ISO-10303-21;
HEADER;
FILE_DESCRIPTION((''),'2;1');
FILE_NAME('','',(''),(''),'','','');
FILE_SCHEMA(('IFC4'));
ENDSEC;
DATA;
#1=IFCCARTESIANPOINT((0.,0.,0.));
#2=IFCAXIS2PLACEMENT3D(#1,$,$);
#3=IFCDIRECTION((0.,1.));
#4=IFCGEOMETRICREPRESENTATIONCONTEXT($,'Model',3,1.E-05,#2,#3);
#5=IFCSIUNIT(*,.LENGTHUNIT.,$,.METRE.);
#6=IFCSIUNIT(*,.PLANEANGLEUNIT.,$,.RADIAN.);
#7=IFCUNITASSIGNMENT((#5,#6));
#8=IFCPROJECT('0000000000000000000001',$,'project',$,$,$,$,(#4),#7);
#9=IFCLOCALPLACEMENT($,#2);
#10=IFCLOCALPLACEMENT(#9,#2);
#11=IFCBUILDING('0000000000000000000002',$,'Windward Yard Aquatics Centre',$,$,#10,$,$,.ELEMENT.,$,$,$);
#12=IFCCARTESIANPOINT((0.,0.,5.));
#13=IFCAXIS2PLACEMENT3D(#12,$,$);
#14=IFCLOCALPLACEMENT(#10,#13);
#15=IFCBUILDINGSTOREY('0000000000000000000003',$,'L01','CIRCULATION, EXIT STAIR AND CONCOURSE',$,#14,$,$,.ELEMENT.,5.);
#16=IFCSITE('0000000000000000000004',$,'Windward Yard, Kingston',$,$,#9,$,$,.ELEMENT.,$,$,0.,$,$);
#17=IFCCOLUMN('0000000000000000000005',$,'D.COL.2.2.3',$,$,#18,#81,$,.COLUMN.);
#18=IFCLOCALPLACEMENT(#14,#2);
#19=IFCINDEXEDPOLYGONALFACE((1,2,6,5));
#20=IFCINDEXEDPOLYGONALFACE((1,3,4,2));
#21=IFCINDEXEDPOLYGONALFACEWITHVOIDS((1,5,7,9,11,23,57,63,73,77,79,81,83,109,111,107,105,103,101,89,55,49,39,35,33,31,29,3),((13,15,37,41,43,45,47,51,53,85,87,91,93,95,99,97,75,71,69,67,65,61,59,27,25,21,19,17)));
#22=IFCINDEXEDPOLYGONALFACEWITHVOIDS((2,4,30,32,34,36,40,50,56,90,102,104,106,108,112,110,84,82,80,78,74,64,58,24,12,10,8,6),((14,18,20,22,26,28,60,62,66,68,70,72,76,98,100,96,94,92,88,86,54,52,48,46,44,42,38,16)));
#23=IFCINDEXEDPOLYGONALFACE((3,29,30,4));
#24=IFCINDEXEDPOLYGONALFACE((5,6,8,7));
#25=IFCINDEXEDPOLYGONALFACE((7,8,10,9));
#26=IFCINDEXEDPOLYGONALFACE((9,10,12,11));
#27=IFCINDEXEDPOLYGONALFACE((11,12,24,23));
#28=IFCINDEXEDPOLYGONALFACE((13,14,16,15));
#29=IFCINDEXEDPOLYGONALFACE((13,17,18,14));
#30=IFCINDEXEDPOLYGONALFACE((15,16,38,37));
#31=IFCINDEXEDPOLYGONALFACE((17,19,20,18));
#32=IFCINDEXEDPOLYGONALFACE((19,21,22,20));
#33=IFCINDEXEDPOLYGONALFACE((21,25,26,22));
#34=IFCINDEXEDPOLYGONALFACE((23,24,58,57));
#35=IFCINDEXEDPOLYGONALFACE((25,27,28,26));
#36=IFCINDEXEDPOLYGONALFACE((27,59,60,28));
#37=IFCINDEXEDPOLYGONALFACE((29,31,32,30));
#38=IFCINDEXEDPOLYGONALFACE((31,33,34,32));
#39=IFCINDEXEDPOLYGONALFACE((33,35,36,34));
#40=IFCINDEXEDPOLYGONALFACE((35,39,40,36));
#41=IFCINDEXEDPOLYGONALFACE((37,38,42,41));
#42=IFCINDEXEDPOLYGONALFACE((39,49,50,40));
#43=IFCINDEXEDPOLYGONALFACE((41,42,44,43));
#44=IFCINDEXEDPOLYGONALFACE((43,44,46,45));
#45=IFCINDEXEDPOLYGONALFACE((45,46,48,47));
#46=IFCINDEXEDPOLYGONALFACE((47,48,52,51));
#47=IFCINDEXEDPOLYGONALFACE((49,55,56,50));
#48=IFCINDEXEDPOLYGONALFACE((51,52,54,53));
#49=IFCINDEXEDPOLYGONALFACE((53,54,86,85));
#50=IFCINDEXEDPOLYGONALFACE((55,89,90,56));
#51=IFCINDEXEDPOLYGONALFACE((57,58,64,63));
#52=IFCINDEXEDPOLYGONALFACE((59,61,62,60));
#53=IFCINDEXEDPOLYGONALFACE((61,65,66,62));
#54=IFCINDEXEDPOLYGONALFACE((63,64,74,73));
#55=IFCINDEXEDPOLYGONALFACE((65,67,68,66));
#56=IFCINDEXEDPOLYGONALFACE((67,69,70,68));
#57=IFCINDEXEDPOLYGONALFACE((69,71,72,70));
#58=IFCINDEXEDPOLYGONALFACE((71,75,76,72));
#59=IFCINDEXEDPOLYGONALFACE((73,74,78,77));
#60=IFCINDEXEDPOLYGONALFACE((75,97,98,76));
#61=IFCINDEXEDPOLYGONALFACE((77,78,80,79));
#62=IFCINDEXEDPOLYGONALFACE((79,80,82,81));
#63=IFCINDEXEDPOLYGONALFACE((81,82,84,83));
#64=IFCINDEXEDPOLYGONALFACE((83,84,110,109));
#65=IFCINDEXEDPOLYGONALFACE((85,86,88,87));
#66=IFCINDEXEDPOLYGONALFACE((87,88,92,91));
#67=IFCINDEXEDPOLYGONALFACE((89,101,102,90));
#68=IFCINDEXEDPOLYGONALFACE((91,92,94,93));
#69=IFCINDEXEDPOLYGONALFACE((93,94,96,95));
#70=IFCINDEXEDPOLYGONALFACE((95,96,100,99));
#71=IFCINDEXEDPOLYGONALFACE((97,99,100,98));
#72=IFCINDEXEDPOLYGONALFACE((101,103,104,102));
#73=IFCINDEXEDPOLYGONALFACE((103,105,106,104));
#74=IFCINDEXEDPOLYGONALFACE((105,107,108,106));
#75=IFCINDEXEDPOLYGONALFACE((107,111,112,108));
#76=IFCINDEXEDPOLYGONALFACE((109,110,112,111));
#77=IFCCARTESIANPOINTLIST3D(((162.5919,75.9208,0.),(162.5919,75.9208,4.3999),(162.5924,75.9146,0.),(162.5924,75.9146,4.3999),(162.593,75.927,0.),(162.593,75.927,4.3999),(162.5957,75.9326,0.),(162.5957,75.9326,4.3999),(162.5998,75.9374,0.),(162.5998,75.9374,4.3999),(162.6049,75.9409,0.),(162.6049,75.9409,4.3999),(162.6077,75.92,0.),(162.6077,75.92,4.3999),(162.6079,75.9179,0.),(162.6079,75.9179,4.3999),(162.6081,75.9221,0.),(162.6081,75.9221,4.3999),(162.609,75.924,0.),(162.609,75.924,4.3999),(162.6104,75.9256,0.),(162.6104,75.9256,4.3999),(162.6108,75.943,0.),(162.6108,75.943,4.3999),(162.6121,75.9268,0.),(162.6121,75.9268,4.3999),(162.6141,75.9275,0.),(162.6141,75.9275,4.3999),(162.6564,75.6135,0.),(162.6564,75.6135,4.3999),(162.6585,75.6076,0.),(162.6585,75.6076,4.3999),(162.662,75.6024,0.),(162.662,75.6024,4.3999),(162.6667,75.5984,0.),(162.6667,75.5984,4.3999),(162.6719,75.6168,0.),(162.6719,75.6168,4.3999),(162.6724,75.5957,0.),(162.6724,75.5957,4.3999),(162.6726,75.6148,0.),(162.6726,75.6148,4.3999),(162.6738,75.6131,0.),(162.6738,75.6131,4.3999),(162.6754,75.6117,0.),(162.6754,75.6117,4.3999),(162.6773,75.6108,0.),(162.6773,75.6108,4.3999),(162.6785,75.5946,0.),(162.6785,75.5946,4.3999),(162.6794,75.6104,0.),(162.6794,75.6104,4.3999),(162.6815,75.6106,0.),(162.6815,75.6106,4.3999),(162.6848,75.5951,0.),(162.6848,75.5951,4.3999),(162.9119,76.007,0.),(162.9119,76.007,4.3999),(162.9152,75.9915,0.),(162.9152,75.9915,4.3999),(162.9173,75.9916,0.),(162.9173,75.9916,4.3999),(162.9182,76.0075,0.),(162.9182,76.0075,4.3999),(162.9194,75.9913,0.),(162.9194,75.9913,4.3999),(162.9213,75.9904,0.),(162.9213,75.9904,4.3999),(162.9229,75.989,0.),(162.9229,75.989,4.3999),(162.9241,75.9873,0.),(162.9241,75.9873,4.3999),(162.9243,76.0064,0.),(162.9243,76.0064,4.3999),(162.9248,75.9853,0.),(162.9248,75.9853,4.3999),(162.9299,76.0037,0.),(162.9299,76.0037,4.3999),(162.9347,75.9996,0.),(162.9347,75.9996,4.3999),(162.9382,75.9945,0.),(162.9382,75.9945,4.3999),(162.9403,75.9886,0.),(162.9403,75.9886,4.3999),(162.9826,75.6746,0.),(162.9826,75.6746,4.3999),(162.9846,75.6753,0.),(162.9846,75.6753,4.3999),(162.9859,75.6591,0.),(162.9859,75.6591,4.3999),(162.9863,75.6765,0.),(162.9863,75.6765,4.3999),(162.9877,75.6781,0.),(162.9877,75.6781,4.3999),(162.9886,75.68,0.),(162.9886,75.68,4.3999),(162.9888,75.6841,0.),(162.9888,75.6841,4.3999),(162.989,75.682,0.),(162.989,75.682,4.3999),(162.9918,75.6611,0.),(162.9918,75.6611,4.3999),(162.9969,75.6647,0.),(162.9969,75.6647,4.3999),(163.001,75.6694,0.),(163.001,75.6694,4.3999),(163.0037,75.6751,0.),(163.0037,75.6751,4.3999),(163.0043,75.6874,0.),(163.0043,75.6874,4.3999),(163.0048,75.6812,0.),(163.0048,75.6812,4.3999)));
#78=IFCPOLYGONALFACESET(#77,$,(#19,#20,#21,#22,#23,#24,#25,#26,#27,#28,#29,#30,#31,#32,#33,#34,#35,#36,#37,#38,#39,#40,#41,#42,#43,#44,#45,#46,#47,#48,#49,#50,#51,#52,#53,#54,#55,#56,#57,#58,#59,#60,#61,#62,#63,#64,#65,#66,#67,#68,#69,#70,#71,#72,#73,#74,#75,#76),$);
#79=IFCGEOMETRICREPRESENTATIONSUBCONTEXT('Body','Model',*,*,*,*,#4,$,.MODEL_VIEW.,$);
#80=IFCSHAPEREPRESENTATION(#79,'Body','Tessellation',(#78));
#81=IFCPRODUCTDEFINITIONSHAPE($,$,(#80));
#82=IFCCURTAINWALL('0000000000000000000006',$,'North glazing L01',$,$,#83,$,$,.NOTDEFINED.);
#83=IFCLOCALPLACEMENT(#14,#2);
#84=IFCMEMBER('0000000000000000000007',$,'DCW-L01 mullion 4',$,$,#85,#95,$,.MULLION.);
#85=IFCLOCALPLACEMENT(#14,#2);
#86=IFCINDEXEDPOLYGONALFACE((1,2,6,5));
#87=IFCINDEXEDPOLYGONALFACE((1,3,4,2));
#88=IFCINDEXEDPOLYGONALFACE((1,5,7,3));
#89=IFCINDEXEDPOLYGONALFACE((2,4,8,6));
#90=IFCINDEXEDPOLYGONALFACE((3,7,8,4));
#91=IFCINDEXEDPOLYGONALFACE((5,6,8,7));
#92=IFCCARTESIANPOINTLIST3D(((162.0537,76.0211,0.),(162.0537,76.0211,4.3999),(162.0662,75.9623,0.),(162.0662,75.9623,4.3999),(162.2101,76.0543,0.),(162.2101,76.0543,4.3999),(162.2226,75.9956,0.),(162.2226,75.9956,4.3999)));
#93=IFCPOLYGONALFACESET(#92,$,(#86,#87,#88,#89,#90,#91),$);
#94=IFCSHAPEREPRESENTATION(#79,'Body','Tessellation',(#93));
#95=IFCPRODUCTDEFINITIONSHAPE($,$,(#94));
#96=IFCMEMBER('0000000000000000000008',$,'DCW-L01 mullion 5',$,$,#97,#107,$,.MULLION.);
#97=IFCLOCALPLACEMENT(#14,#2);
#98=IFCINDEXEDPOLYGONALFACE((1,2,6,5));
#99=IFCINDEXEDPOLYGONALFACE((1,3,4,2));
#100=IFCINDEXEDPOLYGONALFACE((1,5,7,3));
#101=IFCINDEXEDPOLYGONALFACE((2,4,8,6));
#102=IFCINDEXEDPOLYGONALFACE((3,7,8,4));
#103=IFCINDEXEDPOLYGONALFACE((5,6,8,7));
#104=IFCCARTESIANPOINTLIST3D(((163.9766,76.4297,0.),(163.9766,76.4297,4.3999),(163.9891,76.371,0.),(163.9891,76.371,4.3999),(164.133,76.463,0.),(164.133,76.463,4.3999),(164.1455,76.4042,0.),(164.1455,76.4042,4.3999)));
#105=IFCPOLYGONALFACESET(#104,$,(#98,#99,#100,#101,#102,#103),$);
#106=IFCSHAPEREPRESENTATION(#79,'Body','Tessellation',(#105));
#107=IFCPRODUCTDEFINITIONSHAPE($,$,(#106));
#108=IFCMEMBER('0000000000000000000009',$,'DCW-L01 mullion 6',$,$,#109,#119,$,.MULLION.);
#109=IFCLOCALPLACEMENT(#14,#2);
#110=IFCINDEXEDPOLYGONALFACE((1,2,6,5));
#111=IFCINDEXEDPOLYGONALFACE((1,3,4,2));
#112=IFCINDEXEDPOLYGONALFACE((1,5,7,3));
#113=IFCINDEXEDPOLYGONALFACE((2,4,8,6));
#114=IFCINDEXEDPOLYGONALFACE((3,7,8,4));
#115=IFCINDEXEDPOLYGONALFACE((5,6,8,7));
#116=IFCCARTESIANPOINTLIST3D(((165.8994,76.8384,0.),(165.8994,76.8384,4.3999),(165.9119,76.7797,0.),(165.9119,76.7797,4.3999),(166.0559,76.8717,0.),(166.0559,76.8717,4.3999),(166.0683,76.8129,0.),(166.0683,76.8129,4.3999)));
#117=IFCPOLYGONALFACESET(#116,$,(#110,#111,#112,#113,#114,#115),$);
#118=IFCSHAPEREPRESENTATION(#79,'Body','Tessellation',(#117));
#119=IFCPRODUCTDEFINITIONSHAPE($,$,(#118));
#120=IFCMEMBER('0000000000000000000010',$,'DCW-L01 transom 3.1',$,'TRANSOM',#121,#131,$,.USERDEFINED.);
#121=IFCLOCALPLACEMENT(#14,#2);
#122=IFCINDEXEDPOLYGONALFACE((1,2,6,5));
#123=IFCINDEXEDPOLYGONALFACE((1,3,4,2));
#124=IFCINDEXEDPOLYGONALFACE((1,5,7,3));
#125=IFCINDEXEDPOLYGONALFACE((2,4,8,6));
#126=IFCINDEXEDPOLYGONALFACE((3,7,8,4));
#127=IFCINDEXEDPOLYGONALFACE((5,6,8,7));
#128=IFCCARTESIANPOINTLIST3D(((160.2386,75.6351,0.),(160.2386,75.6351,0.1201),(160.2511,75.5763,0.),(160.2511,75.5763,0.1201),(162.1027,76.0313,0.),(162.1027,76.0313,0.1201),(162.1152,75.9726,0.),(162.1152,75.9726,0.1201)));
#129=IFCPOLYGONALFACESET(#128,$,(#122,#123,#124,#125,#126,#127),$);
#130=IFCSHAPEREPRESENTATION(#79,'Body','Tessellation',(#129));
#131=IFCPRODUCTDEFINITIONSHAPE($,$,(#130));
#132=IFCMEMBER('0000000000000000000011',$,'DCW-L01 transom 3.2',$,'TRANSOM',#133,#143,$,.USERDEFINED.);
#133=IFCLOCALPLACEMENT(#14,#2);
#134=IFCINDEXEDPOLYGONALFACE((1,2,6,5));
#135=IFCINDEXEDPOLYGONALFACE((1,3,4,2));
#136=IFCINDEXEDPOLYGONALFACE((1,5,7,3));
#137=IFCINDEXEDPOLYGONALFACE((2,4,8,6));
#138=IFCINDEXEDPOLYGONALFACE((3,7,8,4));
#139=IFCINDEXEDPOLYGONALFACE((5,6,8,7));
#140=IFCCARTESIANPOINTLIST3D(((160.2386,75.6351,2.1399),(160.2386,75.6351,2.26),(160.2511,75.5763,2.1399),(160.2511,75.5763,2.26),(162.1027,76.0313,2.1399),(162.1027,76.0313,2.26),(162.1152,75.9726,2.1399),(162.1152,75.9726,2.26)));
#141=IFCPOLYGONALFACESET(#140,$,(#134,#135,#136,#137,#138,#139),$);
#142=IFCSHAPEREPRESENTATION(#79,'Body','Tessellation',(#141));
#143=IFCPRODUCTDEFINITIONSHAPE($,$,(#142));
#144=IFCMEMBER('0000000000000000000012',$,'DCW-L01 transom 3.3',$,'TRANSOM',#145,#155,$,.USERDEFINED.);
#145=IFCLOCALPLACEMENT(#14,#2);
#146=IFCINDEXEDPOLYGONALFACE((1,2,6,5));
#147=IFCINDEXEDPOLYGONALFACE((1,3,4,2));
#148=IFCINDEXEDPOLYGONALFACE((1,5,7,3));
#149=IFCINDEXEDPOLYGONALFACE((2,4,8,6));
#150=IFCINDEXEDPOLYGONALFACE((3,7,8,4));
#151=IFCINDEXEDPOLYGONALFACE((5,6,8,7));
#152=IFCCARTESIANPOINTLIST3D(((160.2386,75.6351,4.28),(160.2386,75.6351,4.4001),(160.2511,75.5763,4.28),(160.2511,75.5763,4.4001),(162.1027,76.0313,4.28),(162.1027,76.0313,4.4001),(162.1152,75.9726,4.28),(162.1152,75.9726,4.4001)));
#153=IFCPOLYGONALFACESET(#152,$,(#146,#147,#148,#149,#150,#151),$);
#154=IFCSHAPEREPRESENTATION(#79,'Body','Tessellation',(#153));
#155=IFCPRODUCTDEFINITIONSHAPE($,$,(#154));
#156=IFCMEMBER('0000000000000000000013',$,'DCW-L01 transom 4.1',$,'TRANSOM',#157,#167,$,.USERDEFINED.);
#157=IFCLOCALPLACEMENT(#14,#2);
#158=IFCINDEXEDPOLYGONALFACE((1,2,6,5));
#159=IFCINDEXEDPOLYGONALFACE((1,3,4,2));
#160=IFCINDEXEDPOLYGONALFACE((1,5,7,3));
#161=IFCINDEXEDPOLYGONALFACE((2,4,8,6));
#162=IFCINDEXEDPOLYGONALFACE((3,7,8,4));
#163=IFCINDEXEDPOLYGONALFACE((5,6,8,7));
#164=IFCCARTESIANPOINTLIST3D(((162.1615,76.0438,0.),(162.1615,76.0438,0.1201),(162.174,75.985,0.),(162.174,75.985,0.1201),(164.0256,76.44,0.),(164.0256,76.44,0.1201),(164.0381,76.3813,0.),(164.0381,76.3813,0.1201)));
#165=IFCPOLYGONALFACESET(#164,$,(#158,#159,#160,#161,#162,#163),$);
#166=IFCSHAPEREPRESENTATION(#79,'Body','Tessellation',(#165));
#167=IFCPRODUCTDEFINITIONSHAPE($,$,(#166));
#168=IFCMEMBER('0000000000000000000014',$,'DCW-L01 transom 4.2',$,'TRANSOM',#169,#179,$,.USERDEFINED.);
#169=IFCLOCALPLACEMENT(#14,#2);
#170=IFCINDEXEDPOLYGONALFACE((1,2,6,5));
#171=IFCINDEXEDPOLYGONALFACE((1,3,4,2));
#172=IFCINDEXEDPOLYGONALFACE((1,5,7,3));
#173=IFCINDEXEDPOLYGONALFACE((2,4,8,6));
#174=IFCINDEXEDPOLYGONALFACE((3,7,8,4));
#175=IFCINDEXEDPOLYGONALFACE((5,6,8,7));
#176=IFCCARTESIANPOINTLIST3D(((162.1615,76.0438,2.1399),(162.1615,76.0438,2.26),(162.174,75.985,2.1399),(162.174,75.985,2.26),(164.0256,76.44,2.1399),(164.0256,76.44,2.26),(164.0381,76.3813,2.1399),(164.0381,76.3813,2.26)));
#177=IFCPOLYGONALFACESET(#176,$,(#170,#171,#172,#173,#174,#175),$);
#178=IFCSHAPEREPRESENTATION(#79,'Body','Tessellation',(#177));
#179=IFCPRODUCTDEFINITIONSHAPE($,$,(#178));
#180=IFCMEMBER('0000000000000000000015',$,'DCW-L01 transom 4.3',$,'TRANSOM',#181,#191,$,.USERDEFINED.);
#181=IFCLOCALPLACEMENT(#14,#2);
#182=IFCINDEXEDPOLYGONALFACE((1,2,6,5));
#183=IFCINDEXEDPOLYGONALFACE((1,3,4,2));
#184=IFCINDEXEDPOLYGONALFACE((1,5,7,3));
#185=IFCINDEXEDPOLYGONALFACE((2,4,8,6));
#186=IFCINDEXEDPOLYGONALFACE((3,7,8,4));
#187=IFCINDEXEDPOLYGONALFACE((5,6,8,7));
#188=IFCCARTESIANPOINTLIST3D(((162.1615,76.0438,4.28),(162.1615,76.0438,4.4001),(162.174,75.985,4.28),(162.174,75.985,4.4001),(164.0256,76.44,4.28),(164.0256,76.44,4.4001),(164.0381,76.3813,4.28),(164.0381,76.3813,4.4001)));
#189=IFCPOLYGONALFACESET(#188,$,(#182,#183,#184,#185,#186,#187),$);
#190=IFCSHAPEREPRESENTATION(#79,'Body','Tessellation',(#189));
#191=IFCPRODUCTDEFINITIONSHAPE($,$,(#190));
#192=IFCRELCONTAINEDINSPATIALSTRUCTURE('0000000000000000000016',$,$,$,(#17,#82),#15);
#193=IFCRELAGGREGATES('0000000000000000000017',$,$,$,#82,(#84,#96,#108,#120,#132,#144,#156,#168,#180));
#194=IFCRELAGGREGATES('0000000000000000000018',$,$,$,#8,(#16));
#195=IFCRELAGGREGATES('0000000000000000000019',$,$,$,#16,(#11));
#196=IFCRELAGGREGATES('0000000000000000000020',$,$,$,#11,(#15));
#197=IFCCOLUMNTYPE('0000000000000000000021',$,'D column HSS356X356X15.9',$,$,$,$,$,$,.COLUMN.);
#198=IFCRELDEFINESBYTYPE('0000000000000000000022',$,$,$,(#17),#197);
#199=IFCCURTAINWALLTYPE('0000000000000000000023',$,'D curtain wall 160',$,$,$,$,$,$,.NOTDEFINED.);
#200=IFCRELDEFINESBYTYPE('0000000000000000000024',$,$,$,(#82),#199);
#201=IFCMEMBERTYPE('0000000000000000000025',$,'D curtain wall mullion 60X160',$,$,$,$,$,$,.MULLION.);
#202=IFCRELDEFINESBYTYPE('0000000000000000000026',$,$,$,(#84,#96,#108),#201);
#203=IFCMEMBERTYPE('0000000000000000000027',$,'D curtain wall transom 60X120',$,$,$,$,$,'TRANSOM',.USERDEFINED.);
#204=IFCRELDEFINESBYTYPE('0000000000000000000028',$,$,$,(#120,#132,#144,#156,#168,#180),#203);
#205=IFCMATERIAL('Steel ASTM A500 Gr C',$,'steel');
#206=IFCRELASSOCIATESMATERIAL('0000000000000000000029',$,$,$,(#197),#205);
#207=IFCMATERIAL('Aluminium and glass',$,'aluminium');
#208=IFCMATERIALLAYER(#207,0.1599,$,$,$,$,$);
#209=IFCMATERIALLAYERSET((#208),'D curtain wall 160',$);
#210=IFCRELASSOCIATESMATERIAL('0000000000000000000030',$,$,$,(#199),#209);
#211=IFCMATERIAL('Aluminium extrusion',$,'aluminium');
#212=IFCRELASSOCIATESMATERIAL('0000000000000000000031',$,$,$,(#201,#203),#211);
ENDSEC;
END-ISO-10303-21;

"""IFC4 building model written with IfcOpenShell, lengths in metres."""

from ifc_helpers import new_model, si_unit, direction, frame, origin, origin_2d, place, context, subcontext, project, spatial, rectangle, hollow_rectangle, extrude, material, layer, layer_set, material_profile, profile_set, type_object, element, aggregate, save


model = new_model("IFC4")

# Units and contexts
model_context = context("Model", 3, precision=1e-05, world=origin(), true_north=direction((0.0, 1.0)))
body_context = subcontext(model_context, "Body", "Model", "MODEL_VIEW")
ifc_project = project(units=[si_unit("LENGTHUNIT", "METRE"), si_unit("PLANEANGLEUNIT", "RADIAN")], contexts=[model_context])

# Site, building, storey
site_placement = place(None, origin())
site = spatial("IfcSite", under=ifc_project, at=site_placement, Name="Windward Yard, Kingston", CompositionType="ELEMENT", RefElevation=0.0)
building_placement = place(site_placement, origin())
building = spatial("IfcBuilding", under=site, at=building_placement, Name="Windward Yard Aquatics Centre", CompositionType="ELEMENT")
storey_placement = place(building_placement, frame((0.0, 0.0, 5.0)))
storey = spatial("IfcBuildingStorey", under=building, at=storey_placement, Name="L01", Description="CIRCULATION, EXIT STAIR AND CONCOURSE", CompositionType="ELEMENT", Elevation=5.0)

# Column
ifc_material_1 = material(Name="Steel ASTM A500 Gr C", Category="steel")
ifc_material_profile_1 = material_profile(ifc_material_1, hollow_rectangle(XDim=0.3557, YDim=0.3557, WallThickness=0.0159, InnerFilletRadius=0.0081, OuterFilletRadius=0.0239, at=origin_2d()), Name="HSS356X356X15.9")
ifc_profile_set_1 = profile_set([ifc_material_profile_1], Name="Steel ASTM A500 Gr C")
column_type = type_object("IfcColumnType", Name="D column HSS356X356X15.9", PredefinedType="COLUMN", material=ifc_profile_set_1)
column_placement = place(storey_placement, frame((162.7983, 75.801, 0.0), z_axis=(0.0, 0.0, 1.0), x_axis=(0.978148, 0.207912, 0.0)))
element("IfcColumn", 1, at=column_placement, inside=storey, type_object=column_type, Name="D.COL.2.2.3", PredefinedType="COLUMN", context=body_context, shape_type="SweptSolid", body=[
    extrude(hollow_rectangle(XDim=0.3557, YDim=0.3557, WallThickness=0.0159, InnerFilletRadius=0.0081, OuterFilletRadius=0.0239, at=origin_2d()), origin(), (0.0, 0.0, 1.0), 4.3999),
])

# Curtain wall, members
ifc_material_2 = material(Name="Aluminium and glass", Category="aluminium")
ifc_layer_1 = layer(ifc_material_2, 0.1599)
ifc_layer_set_1 = layer_set([ifc_layer_1], Name="D curtain wall 160")
curtain_wall_type = type_object("IfcCurtainWallType", Name="D curtain wall 160", PredefinedType="NOTDEFINED", material=ifc_layer_set_1)
curtain_wall_placement = place(storey_placement, origin())
curtain_wall = element("IfcCurtainWall", 2, at=curtain_wall_placement, inside=storey, type_object=curtain_wall_type, Name="North glazing L01", PredefinedType="NOTDEFINED")
ifc_material_3 = material(Name="Aluminium extrusion", Category="aluminium")
ifc_material_profile_2 = material_profile(ifc_material_3, rectangle(XDim=0.0601, YDim=0.1599, at=origin_2d()), Name="MULLION 60X160")
ifc_profile_set_2 = profile_set([ifc_material_profile_2], Name="Aluminium extrusion")
member_type_1 = type_object("IfcMemberType", Name="D curtain wall mullion 60X160", PredefinedType="MULLION", material=ifc_profile_set_2)
member_1_placement = place(storey_placement, frame((162.1382, 76.0083, 0.0), z_axis=(0.0, 0.0, 1.0), x_axis=(-0.207912, 0.978148, 0.0)))
member_1 = element("IfcMember", 3, at=member_1_placement, type_object=member_type_1, Name="DCW-L01 mullion 4", PredefinedType="MULLION", context=body_context, shape_type="SweptSolid", body=[
    extrude(rectangle(XDim=0.0601, YDim=0.1599, at=origin_2d()), origin(), (0.0, 0.0, 1.0), 4.3999),
])
member_2_placement = place(storey_placement, frame((164.061, 76.417, 0.0), z_axis=(0.0, 0.0, 1.0), x_axis=(-0.207912, 0.978148, 0.0)))
member_2 = element("IfcMember", 4, at=member_2_placement, type_object=member_type_1, Name="DCW-L01 mullion 5", PredefinedType="MULLION", context=body_context, shape_type="SweptSolid", body=[
    extrude(rectangle(XDim=0.0601, YDim=0.1599, at=origin_2d()), origin(), (0.0, 0.0, 1.0), 4.3999),
])
member_3_placement = place(storey_placement, frame((165.9839, 76.8257, 0.0), z_axis=(0.0, 0.0, 1.0), x_axis=(-0.207912, 0.978148, 0.0)))
member_3 = element("IfcMember", 5, at=member_3_placement, type_object=member_type_1, Name="DCW-L01 mullion 6", PredefinedType="MULLION", context=body_context, shape_type="SweptSolid", body=[
    extrude(rectangle(XDim=0.0601, YDim=0.1599, at=origin_2d()), origin(), (0.0, 0.0, 1.0), 4.3999),
])
ifc_material_profile_3 = material_profile(ifc_material_3, rectangle(XDim=0.0601, YDim=0.1201, at=origin_2d()), Name="TRANSOM 60X120")
ifc_profile_set_3 = profile_set([ifc_material_profile_3], Name="Aluminium extrusion")
member_type_2 = type_object("IfcMemberType", Name="D curtain wall transom 60X120", ElementType="TRANSOM", PredefinedType="USERDEFINED", material=ifc_profile_set_3)
member_4_placement = place(storey_placement, frame((160.2449, 75.6057, 0.0601), z_axis=(0.978144, 0.207928, 0.0), x_axis=(-0.207928, 0.978144, 0.0)))
member_4 = element("IfcMember", 6, at=member_4_placement, type_object=member_type_2, Name="DCW-L01 transom 3.1", ObjectType="TRANSOM", PredefinedType="USERDEFINED", context=body_context, shape_type="SweptSolid", body=[
    extrude(rectangle(XDim=0.0601, YDim=0.1201, at=origin_2d()), origin(), (0.0, 0.0, 1.0), 1.9058),
])
member_5_placement = place(storey_placement, frame((160.2449, 75.6057, 2.2), z_axis=(0.978144, 0.207928, 0.0), x_axis=(-0.207928, 0.978144, 0.0)))
member_5 = element("IfcMember", 7, at=member_5_placement, type_object=member_type_2, Name="DCW-L01 transom 3.2", ObjectType="TRANSOM", PredefinedType="USERDEFINED", context=body_context, shape_type="SweptSolid", body=[
    extrude(rectangle(XDim=0.0601, YDim=0.1201, at=origin_2d()), origin(), (0.0, 0.0, 1.0), 1.9058),
])
member_6_placement = place(storey_placement, frame((160.2449, 75.6057, 4.3401), z_axis=(0.978144, 0.207928, 0.0), x_axis=(-0.207928, 0.978144, 0.0)))
member_6 = element("IfcMember", 8, at=member_6_placement, type_object=member_type_2, Name="DCW-L01 transom 3.3", ObjectType="TRANSOM", PredefinedType="USERDEFINED", context=body_context, shape_type="SweptSolid", body=[
    extrude(rectangle(XDim=0.0601, YDim=0.1201, at=origin_2d()), origin(), (0.0, 0.0, 1.0), 1.9058),
])
member_7_placement = place(storey_placement, frame((162.1677, 76.0144, 0.0601), z_axis=(0.978144, 0.207928, 0.0), x_axis=(-0.207928, 0.978144, 0.0)))
member_7 = element("IfcMember", 9, at=member_7_placement, type_object=member_type_2, Name="DCW-L01 transom 4.1", ObjectType="TRANSOM", PredefinedType="USERDEFINED", context=body_context, shape_type="SweptSolid", body=[
    extrude(rectangle(XDim=0.0601, YDim=0.1201, at=origin_2d()), origin(), (0.0, 0.0, 1.0), 1.9058),
])
member_8_placement = place(storey_placement, frame((162.1677, 76.0144, 2.2), z_axis=(0.978144, 0.207928, 0.0), x_axis=(-0.207928, 0.978144, 0.0)))
member_8 = element("IfcMember", 10, at=member_8_placement, type_object=member_type_2, Name="DCW-L01 transom 4.2", ObjectType="TRANSOM", PredefinedType="USERDEFINED", context=body_context, shape_type="SweptSolid", body=[
    extrude(rectangle(XDim=0.0601, YDim=0.1201, at=origin_2d()), origin(), (0.0, 0.0, 1.0), 1.9058),
])
member_9_placement = place(storey_placement, frame((162.1677, 76.0144, 4.3401), z_axis=(0.978144, 0.207928, 0.0), x_axis=(-0.207928, 0.978144, 0.0)))
member_9 = element("IfcMember", 11, at=member_9_placement, type_object=member_type_2, Name="DCW-L01 transom 4.3", ObjectType="TRANSOM", PredefinedType="USERDEFINED", context=body_context, shape_type="SweptSolid", body=[
    extrude(rectangle(XDim=0.0601, YDim=0.1201, at=origin_2d()), origin(), (0.0, 0.0, 1.0), 1.9058),
])
aggregate(curtain_wall, [member_1, member_2, member_3, member_4, member_5, member_6, member_7, member_8, member_9])

save(model, "model.ifc")
